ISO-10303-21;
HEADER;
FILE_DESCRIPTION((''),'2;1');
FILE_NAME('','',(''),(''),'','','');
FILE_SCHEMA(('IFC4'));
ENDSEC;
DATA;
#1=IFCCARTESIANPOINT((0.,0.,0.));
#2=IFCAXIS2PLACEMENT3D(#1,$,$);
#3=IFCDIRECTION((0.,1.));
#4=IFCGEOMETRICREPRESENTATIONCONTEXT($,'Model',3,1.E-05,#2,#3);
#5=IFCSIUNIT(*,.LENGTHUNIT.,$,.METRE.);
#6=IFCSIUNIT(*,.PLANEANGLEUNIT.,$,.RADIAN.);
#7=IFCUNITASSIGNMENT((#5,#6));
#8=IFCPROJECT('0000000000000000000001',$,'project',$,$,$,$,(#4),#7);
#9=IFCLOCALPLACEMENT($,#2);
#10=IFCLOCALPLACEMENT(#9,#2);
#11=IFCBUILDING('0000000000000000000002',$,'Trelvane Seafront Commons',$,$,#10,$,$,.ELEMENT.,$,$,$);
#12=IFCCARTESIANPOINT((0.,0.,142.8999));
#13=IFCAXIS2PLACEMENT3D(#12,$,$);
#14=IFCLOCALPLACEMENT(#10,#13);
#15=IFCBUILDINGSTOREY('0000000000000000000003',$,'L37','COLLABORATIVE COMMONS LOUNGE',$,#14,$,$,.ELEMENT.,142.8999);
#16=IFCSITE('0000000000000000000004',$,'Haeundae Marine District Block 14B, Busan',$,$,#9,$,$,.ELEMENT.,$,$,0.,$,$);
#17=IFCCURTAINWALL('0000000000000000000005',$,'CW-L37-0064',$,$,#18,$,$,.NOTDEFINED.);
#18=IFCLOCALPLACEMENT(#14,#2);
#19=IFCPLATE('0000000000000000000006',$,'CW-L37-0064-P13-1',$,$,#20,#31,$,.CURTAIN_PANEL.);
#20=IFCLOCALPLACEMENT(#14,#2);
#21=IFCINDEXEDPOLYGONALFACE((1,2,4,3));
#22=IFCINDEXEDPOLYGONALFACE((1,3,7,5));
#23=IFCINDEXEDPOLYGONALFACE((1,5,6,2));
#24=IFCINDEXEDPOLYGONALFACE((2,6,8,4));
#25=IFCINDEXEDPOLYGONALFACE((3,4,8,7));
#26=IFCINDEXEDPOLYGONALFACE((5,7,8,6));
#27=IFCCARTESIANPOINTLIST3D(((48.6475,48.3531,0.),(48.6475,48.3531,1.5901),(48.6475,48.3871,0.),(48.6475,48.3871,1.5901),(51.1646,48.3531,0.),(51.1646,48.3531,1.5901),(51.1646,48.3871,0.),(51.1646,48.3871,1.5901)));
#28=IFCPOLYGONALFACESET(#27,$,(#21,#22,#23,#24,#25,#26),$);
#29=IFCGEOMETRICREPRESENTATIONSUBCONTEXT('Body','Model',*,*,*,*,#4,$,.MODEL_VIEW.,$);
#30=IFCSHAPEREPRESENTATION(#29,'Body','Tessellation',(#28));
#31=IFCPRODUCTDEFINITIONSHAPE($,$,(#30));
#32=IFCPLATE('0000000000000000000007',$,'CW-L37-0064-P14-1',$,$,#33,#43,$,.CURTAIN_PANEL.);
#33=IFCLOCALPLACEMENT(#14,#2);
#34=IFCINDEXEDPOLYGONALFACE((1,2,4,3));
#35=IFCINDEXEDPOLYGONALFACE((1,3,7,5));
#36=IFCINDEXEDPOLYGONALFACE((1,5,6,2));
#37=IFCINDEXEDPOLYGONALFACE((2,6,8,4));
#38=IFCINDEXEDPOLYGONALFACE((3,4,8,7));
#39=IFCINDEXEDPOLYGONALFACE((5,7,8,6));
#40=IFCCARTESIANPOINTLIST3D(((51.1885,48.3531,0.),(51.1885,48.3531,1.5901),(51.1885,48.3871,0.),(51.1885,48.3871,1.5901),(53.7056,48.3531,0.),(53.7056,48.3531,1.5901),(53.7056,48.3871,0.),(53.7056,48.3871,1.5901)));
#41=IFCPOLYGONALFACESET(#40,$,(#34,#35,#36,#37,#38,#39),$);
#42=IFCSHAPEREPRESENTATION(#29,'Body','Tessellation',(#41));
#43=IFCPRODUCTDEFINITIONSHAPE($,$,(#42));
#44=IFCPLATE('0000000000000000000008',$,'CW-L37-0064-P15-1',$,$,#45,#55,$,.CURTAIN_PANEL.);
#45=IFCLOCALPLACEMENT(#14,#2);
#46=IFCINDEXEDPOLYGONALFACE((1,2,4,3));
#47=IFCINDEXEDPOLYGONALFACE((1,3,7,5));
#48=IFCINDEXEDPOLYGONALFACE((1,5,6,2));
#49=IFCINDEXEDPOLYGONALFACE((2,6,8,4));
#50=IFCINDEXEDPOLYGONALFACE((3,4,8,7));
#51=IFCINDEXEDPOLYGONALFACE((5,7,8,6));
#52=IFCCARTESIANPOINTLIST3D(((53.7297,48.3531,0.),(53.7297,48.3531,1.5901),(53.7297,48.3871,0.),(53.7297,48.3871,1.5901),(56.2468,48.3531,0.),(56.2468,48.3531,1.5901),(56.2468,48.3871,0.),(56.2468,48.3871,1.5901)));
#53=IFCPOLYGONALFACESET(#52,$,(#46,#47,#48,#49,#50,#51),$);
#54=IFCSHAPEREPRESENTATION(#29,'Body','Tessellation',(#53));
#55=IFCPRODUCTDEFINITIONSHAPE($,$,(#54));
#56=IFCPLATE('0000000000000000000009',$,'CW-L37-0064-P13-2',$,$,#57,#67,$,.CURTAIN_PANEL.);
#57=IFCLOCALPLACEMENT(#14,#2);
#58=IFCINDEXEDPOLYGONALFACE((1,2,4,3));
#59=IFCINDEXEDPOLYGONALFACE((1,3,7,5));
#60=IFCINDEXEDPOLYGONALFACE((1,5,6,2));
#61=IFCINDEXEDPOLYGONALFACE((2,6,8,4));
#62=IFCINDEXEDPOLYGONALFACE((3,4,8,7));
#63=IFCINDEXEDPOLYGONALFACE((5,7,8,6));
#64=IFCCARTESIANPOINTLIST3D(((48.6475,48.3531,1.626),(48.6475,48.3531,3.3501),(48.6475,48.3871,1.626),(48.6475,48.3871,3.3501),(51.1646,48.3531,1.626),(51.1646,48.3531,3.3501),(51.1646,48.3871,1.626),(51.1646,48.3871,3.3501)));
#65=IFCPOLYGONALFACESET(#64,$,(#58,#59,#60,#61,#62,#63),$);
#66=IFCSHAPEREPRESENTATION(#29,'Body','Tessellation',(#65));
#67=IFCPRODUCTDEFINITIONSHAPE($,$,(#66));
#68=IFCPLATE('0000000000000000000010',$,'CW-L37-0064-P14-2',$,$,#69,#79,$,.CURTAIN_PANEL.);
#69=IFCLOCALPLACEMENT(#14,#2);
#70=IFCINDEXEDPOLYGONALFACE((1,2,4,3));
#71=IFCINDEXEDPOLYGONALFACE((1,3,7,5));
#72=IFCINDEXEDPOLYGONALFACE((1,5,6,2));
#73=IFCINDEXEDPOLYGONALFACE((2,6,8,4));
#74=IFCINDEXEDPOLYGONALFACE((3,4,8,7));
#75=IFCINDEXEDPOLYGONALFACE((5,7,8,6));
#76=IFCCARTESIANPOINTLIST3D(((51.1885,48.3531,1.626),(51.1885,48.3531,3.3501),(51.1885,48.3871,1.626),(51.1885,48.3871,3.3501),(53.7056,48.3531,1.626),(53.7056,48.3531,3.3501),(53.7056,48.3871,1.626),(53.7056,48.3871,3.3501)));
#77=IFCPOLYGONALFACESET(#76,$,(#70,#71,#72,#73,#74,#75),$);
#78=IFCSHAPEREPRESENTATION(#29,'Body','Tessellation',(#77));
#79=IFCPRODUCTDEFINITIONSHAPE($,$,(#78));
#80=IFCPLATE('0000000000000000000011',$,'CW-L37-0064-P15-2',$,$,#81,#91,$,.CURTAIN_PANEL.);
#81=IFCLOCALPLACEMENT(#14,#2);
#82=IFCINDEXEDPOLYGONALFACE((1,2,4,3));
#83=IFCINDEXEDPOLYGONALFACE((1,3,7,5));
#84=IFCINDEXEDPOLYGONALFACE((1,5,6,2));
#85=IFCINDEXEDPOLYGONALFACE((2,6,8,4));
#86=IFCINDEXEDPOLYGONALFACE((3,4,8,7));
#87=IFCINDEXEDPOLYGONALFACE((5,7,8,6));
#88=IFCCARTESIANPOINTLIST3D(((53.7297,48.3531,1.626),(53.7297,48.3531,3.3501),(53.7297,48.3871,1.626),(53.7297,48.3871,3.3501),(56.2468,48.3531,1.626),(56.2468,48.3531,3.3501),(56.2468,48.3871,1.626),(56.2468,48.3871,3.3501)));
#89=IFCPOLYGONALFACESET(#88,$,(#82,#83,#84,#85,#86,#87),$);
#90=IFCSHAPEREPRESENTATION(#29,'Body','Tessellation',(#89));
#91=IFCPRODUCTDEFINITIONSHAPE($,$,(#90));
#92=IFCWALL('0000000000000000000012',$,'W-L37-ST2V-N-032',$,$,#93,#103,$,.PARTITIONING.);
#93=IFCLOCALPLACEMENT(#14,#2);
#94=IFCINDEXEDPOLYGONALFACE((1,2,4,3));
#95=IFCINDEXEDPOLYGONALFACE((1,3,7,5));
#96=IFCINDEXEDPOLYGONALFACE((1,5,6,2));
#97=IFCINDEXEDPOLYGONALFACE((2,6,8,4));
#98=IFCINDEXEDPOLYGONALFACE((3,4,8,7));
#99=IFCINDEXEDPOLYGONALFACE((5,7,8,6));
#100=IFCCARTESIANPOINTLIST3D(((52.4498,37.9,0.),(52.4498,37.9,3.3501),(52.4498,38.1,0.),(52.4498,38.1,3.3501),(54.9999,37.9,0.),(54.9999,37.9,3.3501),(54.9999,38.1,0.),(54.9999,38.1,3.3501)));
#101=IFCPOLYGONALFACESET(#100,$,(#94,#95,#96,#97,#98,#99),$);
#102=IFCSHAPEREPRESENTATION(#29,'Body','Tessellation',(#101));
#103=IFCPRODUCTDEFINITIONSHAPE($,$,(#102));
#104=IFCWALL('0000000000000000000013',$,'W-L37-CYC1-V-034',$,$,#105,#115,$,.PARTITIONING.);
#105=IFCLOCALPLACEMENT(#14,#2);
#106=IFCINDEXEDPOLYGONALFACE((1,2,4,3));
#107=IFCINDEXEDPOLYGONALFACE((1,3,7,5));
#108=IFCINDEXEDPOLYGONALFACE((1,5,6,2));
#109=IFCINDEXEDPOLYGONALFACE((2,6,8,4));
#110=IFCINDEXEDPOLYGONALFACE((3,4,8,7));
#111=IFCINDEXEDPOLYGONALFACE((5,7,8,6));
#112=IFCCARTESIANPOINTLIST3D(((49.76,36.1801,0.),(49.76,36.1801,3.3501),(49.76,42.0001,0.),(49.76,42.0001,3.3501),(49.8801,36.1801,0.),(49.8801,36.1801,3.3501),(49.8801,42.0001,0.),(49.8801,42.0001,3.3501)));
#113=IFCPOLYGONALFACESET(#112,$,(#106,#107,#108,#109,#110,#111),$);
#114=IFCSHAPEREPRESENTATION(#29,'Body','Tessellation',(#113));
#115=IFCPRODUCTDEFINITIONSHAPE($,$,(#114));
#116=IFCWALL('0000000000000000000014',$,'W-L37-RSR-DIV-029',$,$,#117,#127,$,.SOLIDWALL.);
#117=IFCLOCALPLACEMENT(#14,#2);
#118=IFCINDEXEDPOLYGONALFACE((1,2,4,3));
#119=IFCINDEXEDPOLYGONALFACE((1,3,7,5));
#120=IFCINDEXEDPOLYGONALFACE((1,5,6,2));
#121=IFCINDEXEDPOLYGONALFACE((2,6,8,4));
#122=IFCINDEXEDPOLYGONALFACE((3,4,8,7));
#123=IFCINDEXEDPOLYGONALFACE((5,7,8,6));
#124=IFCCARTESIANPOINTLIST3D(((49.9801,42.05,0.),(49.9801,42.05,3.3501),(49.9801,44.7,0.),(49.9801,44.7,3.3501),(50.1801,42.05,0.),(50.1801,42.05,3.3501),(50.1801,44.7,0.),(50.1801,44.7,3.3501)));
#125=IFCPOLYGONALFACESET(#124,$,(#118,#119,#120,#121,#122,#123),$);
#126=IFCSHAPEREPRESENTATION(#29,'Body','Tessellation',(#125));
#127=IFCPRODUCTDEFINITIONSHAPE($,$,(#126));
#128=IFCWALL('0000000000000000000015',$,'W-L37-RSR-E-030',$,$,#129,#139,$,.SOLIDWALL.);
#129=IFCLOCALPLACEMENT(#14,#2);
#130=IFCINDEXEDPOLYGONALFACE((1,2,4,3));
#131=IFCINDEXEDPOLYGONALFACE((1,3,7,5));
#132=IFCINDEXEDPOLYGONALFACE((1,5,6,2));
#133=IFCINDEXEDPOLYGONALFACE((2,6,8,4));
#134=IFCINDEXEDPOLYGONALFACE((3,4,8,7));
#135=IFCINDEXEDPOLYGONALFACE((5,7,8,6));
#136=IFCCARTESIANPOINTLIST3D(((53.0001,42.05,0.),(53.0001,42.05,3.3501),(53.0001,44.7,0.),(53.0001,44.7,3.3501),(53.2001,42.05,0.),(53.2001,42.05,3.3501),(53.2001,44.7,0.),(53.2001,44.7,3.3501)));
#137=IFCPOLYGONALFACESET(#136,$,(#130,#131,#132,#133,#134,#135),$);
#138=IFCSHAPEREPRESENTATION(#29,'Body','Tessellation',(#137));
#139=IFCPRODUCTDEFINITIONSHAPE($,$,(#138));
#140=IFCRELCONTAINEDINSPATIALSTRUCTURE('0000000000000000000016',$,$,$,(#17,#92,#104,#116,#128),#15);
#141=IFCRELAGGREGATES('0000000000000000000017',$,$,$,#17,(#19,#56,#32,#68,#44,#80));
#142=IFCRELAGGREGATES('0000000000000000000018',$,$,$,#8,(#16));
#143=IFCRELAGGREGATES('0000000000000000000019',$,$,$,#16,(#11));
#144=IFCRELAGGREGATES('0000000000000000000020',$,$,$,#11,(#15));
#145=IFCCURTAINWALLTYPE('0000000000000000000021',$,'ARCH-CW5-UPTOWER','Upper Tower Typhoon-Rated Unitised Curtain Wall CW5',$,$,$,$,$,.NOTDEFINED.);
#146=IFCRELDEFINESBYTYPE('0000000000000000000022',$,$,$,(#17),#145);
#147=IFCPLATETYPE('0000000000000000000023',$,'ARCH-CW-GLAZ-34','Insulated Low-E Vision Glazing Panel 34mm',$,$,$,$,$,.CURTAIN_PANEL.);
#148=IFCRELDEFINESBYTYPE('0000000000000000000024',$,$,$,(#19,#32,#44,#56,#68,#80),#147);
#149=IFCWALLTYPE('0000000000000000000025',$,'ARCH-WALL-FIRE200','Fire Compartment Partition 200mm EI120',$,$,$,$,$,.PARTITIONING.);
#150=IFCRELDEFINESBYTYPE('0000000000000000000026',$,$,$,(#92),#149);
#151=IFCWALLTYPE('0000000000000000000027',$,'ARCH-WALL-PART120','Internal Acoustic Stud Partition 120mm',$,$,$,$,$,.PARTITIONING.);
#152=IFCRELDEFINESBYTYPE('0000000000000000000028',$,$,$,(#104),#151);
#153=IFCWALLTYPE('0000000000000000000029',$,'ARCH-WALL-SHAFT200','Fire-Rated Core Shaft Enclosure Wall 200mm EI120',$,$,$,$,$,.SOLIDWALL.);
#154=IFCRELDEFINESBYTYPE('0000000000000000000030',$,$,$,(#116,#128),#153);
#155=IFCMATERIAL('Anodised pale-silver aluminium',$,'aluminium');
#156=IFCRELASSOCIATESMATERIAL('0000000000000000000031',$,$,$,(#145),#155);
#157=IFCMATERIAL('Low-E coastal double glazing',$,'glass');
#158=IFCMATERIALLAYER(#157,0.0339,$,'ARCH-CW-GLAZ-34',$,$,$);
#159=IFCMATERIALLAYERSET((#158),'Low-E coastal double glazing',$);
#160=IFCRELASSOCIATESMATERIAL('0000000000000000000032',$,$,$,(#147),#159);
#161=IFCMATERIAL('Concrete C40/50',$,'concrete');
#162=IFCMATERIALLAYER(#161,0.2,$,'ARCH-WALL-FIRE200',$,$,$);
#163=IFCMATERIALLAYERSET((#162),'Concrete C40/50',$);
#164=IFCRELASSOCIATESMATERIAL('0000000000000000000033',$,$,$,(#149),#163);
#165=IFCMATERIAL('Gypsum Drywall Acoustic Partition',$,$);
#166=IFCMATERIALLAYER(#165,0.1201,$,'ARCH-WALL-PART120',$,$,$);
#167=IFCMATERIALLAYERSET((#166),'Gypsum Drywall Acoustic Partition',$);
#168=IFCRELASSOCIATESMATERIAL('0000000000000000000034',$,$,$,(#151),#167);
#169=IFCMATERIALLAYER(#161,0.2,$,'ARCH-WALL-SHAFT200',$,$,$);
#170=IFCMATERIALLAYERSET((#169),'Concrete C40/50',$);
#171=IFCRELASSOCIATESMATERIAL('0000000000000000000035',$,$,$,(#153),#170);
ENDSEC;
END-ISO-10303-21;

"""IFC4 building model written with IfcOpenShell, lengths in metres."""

from ifc_helpers import new_model, si_unit, direction, frame, frame_2d, origin, origin_2d, place, context, subcontext, project, spatial, rectangle, extrude, source, transform, mapped, material, layer, layer_set, type_object, element, aggregate, save


model = new_model("IFC4")

# Units and contexts
model_context = context("Model", 3, precision=1e-05, world=origin(), true_north=direction((0.0, 1.0)))
body_context = subcontext(model_context, "Body", "Model", "MODEL_VIEW")
ifc_project = project(units=[si_unit("LENGTHUNIT", "METRE"), si_unit("PLANEANGLEUNIT", "RADIAN")], contexts=[model_context])

# Site, building, storey
site_placement = place(None, origin())
site = spatial("IfcSite", under=ifc_project, at=site_placement, Name="Haeundae Marine District Block 14B, Busan", CompositionType="ELEMENT", RefElevation=0.0)
building_placement = place(site_placement, origin())
building = spatial("IfcBuilding", under=site, at=building_placement, Name="Trelvane Seafront Commons", CompositionType="ELEMENT")
storey_placement = place(building_placement, frame((0.0, 0.0, 142.8999)))
storey = spatial("IfcBuildingStorey", under=building, at=storey_placement, Name="L37", Description="COLLABORATIVE COMMONS LOUNGE", CompositionType="ELEMENT", Elevation=142.8999)

# Curtain wall
ifc_material_1 = material(Name="Anodised pale-silver aluminium", Category="aluminium")
curtain_wall_type = type_object("IfcCurtainWallType", Name="ARCH-CW5-UPTOWER", Description="Upper Tower Typhoon-Rated Unitised Curtain Wall CW5", PredefinedType="NOTDEFINED", material=ifc_material_1)
curtain_wall_placement = place(storey_placement, origin())
curtain_wall = element("IfcCurtainWall", 1, at=curtain_wall_placement, inside=storey, type_object=curtain_wall_type, Name="CW-L37-0064", PredefinedType="NOTDEFINED")

# Plates
ifc_material_2 = material(Name="Low-E coastal double glazing", Category="glass")
ifc_layer_1 = layer(ifc_material_2, 0.0339, Name="ARCH-CW-GLAZ-34")
ifc_layer_set_1 = layer_set([ifc_layer_1], Name="Low-E coastal double glazing")
plate_type_1 = type_object("IfcPlateType", Name="ARCH-CW-GLAZ-34", Description="Insulated Low-E Vision Glazing Panel 34mm", PredefinedType="CURTAIN_PANEL", material=ifc_layer_set_1)
shared_shape_1 = source(origin(), body_context, "Body", "SweptSolid", [
    extrude(rectangle(XDim=2.5171, YDim=0.0339, at=origin_2d()), origin(), (0.0, 0.0, 1.0), 1.5901),
])
plate_1_placement = place(storey_placement, frame((49.906, 48.3701, 0.0), z_axis=(0.0, 0.0, 1.0), x_axis=(1.0, 0.0, 0.0)))
plate_1 = element("IfcPlate", 2, at=plate_1_placement, type_object=plate_type_1, Name="CW-L37-0064-P13-1", PredefinedType="CURTAIN_PANEL", context=body_context, shape_type="MappedRepresentation", body=[
    mapped(shared_shape_1, transform((0.0, 0.0, 0.0), x_axis=(1.0, 0.0, 0.0), y_axis=(0.0, 1.0, 0.0), z_axis=(0.0, 0.0, 1.0), scale=1.0)),
])
plate_2_placement = place(storey_placement, frame((52.447, 48.3701, 0.0), z_axis=(0.0, 0.0, 1.0), x_axis=(1.0, 0.0, 0.0)))
plate_2 = element("IfcPlate", 3, at=plate_2_placement, type_object=plate_type_1, Name="CW-L37-0064-P14-1", PredefinedType="CURTAIN_PANEL", context=body_context, shape_type="MappedRepresentation", body=[
    mapped(shared_shape_1, transform((0.0, 0.0, 0.0), x_axis=(1.0, 0.0, 0.0), y_axis=(0.0, 1.0, 0.0), z_axis=(0.0, 0.0, 1.0), scale=1.0)),
])
plate_3_placement = place(storey_placement, frame((54.9883, 48.3701, 0.0), z_axis=(0.0, 0.0, 1.0), x_axis=(1.0, 0.0, 0.0)))
plate_3 = element("IfcPlate", 4, at=plate_3_placement, type_object=plate_type_1, Name="CW-L37-0064-P15-1", PredefinedType="CURTAIN_PANEL", context=body_context, shape_type="MappedRepresentation", body=[
    mapped(shared_shape_1, transform((0.0, 0.0, 0.0), x_axis=(1.0, 0.0, 0.0), y_axis=(0.0, 1.0, 0.0), z_axis=(0.0, 0.0, 1.0), scale=1.0)),
])
shared_shape_2 = source(origin(), body_context, "Body", "SweptSolid", [
    extrude(rectangle(XDim=2.5171, YDim=0.0339, at=origin_2d()), origin(), (0.0, 0.0, 1.0), 1.7241),
])
plate_4_placement = place(storey_placement, frame((49.906, 48.3701, 1.626), z_axis=(0.0, 0.0, 1.0), x_axis=(1.0, 0.0, 0.0)))
plate_4 = element("IfcPlate", 5, at=plate_4_placement, type_object=plate_type_1, Name="CW-L37-0064-P13-2", PredefinedType="CURTAIN_PANEL", context=body_context, shape_type="MappedRepresentation", body=[
    mapped(shared_shape_2, transform((0.0, 0.0, 0.0), x_axis=(1.0, 0.0, 0.0), y_axis=(0.0, 1.0, 0.0), z_axis=(0.0, 0.0, 1.0), scale=1.0)),
])
plate_5_placement = place(storey_placement, frame((52.447, 48.3701, 1.626), z_axis=(0.0, 0.0, 1.0), x_axis=(1.0, 0.0, 0.0)))
plate_5 = element("IfcPlate", 6, at=plate_5_placement, type_object=plate_type_1, Name="CW-L37-0064-P14-2", PredefinedType="CURTAIN_PANEL", context=body_context, shape_type="MappedRepresentation", body=[
    mapped(shared_shape_2, transform((0.0, 0.0, 0.0), x_axis=(1.0, 0.0, 0.0), y_axis=(0.0, 1.0, 0.0), z_axis=(0.0, 0.0, 1.0), scale=1.0)),
])
plate_6_placement = place(storey_placement, frame((54.9883, 48.3701, 1.626), z_axis=(0.0, 0.0, 1.0), x_axis=(1.0, 0.0, 0.0)))
plate_6 = element("IfcPlate", 7, at=plate_6_placement, type_object=plate_type_1, Name="CW-L37-0064-P15-2", PredefinedType="CURTAIN_PANEL", context=body_context, shape_type="MappedRepresentation", body=[
    mapped(shared_shape_2, transform((0.0, 0.0, 0.0), x_axis=(1.0, 0.0, 0.0), y_axis=(0.0, 1.0, 0.0), z_axis=(0.0, 0.0, 1.0), scale=1.0)),
])
aggregate(curtain_wall, [plate_1, plate_4, plate_2, plate_5, plate_3, plate_6])

# Walls
ifc_material_3 = material(Name="Concrete C40/50", Category="concrete")
ifc_layer_2 = layer(ifc_material_3, 0.2, Name="ARCH-WALL-FIRE200")
ifc_layer_set_2 = layer_set([ifc_layer_2], Name="Concrete C40/50")
wall_type_1 = type_object("IfcWallType", Name="ARCH-WALL-FIRE200", Description="Fire Compartment Partition 200mm EI120", PredefinedType="PARTITIONING", material=ifc_layer_set_2)
wall_1_placement = place(storey_placement, frame((52.45, 38.0, 0.0), z_axis=(0.0, 0.0, 1.0), x_axis=(1.0, 0.0, 0.0)))
element("IfcWall", 8, at=wall_1_placement, inside=storey, type_object=wall_type_1, Name="W-L37-ST2V-N-032", PredefinedType="PARTITIONING", context=body_context, shape_type="SweptSolid", body=[
    extrude(rectangle(XDim=2.55, YDim=0.2, at=frame_2d((1.2749, 0.0))), origin(), (0.0, 0.0, 1.0), 3.3501),
])
ifc_material_4 = material(Name="Gypsum Drywall Acoustic Partition")
ifc_layer_3 = layer(ifc_material_4, 0.1201, Name="ARCH-WALL-PART120")
ifc_layer_set_3 = layer_set([ifc_layer_3], Name="Gypsum Drywall Acoustic Partition")
wall_type_2 = type_object("IfcWallType", Name="ARCH-WALL-PART120", Description="Internal Acoustic Stud Partition 120mm", PredefinedType="PARTITIONING", material=ifc_layer_set_3)
wall_2_placement = place(storey_placement, frame((49.8201, 36.1799, 0.0), z_axis=(0.0, 0.0, 1.0), x_axis=(0.0, 1.0, 0.0)))
element("IfcWall", 9, at=wall_2_placement, inside=storey, type_object=wall_type_2, Name="W-L37-CYC1-V-034", PredefinedType="PARTITIONING", context=body_context, shape_type="SweptSolid", body=[
    extrude(rectangle(XDim=5.8201, YDim=0.1201, at=frame_2d((2.9102, 0.0))), origin(), (0.0, 0.0, 1.0), 3.3501),
])
ifc_layer_4 = layer(ifc_material_3, 0.2, Name="ARCH-WALL-SHAFT200")
ifc_layer_set_4 = layer_set([ifc_layer_4], Name="Concrete C40/50")
wall_type_3 = type_object("IfcWallType", Name="ARCH-WALL-SHAFT200", Description="Fire-Rated Core Shaft Enclosure Wall 200mm EI120", PredefinedType="SOLIDWALL", material=ifc_layer_set_4)
for number, where, z_axis, x_axis, name in (
    (10, (50.0801, 42.05, 0.0), (0.0, 0.0, 1.0), (0.0, 1.0, 0.0), "W-L37-RSR-DIV-029"),
    (11, (53.1001, 42.05, 0.0), (0.0, 0.0, 1.0), (0.0, 1.0, 0.0), "W-L37-RSR-E-030"),
):
    element("IfcWall", number, at=place(storey_placement, frame(where, z_axis=z_axis, x_axis=x_axis)), inside=storey, type_object=wall_type_3, Name=name, PredefinedType="SOLIDWALL", context=body_context, shape_type="SweptSolid", body=[
        extrude(rectangle(XDim=2.6499, YDim=0.2, at=frame_2d((1.325, 0.0))), origin(), (0.0, 0.0, 1.0), 3.3501),
    ])

save(model, "model.ifc")
